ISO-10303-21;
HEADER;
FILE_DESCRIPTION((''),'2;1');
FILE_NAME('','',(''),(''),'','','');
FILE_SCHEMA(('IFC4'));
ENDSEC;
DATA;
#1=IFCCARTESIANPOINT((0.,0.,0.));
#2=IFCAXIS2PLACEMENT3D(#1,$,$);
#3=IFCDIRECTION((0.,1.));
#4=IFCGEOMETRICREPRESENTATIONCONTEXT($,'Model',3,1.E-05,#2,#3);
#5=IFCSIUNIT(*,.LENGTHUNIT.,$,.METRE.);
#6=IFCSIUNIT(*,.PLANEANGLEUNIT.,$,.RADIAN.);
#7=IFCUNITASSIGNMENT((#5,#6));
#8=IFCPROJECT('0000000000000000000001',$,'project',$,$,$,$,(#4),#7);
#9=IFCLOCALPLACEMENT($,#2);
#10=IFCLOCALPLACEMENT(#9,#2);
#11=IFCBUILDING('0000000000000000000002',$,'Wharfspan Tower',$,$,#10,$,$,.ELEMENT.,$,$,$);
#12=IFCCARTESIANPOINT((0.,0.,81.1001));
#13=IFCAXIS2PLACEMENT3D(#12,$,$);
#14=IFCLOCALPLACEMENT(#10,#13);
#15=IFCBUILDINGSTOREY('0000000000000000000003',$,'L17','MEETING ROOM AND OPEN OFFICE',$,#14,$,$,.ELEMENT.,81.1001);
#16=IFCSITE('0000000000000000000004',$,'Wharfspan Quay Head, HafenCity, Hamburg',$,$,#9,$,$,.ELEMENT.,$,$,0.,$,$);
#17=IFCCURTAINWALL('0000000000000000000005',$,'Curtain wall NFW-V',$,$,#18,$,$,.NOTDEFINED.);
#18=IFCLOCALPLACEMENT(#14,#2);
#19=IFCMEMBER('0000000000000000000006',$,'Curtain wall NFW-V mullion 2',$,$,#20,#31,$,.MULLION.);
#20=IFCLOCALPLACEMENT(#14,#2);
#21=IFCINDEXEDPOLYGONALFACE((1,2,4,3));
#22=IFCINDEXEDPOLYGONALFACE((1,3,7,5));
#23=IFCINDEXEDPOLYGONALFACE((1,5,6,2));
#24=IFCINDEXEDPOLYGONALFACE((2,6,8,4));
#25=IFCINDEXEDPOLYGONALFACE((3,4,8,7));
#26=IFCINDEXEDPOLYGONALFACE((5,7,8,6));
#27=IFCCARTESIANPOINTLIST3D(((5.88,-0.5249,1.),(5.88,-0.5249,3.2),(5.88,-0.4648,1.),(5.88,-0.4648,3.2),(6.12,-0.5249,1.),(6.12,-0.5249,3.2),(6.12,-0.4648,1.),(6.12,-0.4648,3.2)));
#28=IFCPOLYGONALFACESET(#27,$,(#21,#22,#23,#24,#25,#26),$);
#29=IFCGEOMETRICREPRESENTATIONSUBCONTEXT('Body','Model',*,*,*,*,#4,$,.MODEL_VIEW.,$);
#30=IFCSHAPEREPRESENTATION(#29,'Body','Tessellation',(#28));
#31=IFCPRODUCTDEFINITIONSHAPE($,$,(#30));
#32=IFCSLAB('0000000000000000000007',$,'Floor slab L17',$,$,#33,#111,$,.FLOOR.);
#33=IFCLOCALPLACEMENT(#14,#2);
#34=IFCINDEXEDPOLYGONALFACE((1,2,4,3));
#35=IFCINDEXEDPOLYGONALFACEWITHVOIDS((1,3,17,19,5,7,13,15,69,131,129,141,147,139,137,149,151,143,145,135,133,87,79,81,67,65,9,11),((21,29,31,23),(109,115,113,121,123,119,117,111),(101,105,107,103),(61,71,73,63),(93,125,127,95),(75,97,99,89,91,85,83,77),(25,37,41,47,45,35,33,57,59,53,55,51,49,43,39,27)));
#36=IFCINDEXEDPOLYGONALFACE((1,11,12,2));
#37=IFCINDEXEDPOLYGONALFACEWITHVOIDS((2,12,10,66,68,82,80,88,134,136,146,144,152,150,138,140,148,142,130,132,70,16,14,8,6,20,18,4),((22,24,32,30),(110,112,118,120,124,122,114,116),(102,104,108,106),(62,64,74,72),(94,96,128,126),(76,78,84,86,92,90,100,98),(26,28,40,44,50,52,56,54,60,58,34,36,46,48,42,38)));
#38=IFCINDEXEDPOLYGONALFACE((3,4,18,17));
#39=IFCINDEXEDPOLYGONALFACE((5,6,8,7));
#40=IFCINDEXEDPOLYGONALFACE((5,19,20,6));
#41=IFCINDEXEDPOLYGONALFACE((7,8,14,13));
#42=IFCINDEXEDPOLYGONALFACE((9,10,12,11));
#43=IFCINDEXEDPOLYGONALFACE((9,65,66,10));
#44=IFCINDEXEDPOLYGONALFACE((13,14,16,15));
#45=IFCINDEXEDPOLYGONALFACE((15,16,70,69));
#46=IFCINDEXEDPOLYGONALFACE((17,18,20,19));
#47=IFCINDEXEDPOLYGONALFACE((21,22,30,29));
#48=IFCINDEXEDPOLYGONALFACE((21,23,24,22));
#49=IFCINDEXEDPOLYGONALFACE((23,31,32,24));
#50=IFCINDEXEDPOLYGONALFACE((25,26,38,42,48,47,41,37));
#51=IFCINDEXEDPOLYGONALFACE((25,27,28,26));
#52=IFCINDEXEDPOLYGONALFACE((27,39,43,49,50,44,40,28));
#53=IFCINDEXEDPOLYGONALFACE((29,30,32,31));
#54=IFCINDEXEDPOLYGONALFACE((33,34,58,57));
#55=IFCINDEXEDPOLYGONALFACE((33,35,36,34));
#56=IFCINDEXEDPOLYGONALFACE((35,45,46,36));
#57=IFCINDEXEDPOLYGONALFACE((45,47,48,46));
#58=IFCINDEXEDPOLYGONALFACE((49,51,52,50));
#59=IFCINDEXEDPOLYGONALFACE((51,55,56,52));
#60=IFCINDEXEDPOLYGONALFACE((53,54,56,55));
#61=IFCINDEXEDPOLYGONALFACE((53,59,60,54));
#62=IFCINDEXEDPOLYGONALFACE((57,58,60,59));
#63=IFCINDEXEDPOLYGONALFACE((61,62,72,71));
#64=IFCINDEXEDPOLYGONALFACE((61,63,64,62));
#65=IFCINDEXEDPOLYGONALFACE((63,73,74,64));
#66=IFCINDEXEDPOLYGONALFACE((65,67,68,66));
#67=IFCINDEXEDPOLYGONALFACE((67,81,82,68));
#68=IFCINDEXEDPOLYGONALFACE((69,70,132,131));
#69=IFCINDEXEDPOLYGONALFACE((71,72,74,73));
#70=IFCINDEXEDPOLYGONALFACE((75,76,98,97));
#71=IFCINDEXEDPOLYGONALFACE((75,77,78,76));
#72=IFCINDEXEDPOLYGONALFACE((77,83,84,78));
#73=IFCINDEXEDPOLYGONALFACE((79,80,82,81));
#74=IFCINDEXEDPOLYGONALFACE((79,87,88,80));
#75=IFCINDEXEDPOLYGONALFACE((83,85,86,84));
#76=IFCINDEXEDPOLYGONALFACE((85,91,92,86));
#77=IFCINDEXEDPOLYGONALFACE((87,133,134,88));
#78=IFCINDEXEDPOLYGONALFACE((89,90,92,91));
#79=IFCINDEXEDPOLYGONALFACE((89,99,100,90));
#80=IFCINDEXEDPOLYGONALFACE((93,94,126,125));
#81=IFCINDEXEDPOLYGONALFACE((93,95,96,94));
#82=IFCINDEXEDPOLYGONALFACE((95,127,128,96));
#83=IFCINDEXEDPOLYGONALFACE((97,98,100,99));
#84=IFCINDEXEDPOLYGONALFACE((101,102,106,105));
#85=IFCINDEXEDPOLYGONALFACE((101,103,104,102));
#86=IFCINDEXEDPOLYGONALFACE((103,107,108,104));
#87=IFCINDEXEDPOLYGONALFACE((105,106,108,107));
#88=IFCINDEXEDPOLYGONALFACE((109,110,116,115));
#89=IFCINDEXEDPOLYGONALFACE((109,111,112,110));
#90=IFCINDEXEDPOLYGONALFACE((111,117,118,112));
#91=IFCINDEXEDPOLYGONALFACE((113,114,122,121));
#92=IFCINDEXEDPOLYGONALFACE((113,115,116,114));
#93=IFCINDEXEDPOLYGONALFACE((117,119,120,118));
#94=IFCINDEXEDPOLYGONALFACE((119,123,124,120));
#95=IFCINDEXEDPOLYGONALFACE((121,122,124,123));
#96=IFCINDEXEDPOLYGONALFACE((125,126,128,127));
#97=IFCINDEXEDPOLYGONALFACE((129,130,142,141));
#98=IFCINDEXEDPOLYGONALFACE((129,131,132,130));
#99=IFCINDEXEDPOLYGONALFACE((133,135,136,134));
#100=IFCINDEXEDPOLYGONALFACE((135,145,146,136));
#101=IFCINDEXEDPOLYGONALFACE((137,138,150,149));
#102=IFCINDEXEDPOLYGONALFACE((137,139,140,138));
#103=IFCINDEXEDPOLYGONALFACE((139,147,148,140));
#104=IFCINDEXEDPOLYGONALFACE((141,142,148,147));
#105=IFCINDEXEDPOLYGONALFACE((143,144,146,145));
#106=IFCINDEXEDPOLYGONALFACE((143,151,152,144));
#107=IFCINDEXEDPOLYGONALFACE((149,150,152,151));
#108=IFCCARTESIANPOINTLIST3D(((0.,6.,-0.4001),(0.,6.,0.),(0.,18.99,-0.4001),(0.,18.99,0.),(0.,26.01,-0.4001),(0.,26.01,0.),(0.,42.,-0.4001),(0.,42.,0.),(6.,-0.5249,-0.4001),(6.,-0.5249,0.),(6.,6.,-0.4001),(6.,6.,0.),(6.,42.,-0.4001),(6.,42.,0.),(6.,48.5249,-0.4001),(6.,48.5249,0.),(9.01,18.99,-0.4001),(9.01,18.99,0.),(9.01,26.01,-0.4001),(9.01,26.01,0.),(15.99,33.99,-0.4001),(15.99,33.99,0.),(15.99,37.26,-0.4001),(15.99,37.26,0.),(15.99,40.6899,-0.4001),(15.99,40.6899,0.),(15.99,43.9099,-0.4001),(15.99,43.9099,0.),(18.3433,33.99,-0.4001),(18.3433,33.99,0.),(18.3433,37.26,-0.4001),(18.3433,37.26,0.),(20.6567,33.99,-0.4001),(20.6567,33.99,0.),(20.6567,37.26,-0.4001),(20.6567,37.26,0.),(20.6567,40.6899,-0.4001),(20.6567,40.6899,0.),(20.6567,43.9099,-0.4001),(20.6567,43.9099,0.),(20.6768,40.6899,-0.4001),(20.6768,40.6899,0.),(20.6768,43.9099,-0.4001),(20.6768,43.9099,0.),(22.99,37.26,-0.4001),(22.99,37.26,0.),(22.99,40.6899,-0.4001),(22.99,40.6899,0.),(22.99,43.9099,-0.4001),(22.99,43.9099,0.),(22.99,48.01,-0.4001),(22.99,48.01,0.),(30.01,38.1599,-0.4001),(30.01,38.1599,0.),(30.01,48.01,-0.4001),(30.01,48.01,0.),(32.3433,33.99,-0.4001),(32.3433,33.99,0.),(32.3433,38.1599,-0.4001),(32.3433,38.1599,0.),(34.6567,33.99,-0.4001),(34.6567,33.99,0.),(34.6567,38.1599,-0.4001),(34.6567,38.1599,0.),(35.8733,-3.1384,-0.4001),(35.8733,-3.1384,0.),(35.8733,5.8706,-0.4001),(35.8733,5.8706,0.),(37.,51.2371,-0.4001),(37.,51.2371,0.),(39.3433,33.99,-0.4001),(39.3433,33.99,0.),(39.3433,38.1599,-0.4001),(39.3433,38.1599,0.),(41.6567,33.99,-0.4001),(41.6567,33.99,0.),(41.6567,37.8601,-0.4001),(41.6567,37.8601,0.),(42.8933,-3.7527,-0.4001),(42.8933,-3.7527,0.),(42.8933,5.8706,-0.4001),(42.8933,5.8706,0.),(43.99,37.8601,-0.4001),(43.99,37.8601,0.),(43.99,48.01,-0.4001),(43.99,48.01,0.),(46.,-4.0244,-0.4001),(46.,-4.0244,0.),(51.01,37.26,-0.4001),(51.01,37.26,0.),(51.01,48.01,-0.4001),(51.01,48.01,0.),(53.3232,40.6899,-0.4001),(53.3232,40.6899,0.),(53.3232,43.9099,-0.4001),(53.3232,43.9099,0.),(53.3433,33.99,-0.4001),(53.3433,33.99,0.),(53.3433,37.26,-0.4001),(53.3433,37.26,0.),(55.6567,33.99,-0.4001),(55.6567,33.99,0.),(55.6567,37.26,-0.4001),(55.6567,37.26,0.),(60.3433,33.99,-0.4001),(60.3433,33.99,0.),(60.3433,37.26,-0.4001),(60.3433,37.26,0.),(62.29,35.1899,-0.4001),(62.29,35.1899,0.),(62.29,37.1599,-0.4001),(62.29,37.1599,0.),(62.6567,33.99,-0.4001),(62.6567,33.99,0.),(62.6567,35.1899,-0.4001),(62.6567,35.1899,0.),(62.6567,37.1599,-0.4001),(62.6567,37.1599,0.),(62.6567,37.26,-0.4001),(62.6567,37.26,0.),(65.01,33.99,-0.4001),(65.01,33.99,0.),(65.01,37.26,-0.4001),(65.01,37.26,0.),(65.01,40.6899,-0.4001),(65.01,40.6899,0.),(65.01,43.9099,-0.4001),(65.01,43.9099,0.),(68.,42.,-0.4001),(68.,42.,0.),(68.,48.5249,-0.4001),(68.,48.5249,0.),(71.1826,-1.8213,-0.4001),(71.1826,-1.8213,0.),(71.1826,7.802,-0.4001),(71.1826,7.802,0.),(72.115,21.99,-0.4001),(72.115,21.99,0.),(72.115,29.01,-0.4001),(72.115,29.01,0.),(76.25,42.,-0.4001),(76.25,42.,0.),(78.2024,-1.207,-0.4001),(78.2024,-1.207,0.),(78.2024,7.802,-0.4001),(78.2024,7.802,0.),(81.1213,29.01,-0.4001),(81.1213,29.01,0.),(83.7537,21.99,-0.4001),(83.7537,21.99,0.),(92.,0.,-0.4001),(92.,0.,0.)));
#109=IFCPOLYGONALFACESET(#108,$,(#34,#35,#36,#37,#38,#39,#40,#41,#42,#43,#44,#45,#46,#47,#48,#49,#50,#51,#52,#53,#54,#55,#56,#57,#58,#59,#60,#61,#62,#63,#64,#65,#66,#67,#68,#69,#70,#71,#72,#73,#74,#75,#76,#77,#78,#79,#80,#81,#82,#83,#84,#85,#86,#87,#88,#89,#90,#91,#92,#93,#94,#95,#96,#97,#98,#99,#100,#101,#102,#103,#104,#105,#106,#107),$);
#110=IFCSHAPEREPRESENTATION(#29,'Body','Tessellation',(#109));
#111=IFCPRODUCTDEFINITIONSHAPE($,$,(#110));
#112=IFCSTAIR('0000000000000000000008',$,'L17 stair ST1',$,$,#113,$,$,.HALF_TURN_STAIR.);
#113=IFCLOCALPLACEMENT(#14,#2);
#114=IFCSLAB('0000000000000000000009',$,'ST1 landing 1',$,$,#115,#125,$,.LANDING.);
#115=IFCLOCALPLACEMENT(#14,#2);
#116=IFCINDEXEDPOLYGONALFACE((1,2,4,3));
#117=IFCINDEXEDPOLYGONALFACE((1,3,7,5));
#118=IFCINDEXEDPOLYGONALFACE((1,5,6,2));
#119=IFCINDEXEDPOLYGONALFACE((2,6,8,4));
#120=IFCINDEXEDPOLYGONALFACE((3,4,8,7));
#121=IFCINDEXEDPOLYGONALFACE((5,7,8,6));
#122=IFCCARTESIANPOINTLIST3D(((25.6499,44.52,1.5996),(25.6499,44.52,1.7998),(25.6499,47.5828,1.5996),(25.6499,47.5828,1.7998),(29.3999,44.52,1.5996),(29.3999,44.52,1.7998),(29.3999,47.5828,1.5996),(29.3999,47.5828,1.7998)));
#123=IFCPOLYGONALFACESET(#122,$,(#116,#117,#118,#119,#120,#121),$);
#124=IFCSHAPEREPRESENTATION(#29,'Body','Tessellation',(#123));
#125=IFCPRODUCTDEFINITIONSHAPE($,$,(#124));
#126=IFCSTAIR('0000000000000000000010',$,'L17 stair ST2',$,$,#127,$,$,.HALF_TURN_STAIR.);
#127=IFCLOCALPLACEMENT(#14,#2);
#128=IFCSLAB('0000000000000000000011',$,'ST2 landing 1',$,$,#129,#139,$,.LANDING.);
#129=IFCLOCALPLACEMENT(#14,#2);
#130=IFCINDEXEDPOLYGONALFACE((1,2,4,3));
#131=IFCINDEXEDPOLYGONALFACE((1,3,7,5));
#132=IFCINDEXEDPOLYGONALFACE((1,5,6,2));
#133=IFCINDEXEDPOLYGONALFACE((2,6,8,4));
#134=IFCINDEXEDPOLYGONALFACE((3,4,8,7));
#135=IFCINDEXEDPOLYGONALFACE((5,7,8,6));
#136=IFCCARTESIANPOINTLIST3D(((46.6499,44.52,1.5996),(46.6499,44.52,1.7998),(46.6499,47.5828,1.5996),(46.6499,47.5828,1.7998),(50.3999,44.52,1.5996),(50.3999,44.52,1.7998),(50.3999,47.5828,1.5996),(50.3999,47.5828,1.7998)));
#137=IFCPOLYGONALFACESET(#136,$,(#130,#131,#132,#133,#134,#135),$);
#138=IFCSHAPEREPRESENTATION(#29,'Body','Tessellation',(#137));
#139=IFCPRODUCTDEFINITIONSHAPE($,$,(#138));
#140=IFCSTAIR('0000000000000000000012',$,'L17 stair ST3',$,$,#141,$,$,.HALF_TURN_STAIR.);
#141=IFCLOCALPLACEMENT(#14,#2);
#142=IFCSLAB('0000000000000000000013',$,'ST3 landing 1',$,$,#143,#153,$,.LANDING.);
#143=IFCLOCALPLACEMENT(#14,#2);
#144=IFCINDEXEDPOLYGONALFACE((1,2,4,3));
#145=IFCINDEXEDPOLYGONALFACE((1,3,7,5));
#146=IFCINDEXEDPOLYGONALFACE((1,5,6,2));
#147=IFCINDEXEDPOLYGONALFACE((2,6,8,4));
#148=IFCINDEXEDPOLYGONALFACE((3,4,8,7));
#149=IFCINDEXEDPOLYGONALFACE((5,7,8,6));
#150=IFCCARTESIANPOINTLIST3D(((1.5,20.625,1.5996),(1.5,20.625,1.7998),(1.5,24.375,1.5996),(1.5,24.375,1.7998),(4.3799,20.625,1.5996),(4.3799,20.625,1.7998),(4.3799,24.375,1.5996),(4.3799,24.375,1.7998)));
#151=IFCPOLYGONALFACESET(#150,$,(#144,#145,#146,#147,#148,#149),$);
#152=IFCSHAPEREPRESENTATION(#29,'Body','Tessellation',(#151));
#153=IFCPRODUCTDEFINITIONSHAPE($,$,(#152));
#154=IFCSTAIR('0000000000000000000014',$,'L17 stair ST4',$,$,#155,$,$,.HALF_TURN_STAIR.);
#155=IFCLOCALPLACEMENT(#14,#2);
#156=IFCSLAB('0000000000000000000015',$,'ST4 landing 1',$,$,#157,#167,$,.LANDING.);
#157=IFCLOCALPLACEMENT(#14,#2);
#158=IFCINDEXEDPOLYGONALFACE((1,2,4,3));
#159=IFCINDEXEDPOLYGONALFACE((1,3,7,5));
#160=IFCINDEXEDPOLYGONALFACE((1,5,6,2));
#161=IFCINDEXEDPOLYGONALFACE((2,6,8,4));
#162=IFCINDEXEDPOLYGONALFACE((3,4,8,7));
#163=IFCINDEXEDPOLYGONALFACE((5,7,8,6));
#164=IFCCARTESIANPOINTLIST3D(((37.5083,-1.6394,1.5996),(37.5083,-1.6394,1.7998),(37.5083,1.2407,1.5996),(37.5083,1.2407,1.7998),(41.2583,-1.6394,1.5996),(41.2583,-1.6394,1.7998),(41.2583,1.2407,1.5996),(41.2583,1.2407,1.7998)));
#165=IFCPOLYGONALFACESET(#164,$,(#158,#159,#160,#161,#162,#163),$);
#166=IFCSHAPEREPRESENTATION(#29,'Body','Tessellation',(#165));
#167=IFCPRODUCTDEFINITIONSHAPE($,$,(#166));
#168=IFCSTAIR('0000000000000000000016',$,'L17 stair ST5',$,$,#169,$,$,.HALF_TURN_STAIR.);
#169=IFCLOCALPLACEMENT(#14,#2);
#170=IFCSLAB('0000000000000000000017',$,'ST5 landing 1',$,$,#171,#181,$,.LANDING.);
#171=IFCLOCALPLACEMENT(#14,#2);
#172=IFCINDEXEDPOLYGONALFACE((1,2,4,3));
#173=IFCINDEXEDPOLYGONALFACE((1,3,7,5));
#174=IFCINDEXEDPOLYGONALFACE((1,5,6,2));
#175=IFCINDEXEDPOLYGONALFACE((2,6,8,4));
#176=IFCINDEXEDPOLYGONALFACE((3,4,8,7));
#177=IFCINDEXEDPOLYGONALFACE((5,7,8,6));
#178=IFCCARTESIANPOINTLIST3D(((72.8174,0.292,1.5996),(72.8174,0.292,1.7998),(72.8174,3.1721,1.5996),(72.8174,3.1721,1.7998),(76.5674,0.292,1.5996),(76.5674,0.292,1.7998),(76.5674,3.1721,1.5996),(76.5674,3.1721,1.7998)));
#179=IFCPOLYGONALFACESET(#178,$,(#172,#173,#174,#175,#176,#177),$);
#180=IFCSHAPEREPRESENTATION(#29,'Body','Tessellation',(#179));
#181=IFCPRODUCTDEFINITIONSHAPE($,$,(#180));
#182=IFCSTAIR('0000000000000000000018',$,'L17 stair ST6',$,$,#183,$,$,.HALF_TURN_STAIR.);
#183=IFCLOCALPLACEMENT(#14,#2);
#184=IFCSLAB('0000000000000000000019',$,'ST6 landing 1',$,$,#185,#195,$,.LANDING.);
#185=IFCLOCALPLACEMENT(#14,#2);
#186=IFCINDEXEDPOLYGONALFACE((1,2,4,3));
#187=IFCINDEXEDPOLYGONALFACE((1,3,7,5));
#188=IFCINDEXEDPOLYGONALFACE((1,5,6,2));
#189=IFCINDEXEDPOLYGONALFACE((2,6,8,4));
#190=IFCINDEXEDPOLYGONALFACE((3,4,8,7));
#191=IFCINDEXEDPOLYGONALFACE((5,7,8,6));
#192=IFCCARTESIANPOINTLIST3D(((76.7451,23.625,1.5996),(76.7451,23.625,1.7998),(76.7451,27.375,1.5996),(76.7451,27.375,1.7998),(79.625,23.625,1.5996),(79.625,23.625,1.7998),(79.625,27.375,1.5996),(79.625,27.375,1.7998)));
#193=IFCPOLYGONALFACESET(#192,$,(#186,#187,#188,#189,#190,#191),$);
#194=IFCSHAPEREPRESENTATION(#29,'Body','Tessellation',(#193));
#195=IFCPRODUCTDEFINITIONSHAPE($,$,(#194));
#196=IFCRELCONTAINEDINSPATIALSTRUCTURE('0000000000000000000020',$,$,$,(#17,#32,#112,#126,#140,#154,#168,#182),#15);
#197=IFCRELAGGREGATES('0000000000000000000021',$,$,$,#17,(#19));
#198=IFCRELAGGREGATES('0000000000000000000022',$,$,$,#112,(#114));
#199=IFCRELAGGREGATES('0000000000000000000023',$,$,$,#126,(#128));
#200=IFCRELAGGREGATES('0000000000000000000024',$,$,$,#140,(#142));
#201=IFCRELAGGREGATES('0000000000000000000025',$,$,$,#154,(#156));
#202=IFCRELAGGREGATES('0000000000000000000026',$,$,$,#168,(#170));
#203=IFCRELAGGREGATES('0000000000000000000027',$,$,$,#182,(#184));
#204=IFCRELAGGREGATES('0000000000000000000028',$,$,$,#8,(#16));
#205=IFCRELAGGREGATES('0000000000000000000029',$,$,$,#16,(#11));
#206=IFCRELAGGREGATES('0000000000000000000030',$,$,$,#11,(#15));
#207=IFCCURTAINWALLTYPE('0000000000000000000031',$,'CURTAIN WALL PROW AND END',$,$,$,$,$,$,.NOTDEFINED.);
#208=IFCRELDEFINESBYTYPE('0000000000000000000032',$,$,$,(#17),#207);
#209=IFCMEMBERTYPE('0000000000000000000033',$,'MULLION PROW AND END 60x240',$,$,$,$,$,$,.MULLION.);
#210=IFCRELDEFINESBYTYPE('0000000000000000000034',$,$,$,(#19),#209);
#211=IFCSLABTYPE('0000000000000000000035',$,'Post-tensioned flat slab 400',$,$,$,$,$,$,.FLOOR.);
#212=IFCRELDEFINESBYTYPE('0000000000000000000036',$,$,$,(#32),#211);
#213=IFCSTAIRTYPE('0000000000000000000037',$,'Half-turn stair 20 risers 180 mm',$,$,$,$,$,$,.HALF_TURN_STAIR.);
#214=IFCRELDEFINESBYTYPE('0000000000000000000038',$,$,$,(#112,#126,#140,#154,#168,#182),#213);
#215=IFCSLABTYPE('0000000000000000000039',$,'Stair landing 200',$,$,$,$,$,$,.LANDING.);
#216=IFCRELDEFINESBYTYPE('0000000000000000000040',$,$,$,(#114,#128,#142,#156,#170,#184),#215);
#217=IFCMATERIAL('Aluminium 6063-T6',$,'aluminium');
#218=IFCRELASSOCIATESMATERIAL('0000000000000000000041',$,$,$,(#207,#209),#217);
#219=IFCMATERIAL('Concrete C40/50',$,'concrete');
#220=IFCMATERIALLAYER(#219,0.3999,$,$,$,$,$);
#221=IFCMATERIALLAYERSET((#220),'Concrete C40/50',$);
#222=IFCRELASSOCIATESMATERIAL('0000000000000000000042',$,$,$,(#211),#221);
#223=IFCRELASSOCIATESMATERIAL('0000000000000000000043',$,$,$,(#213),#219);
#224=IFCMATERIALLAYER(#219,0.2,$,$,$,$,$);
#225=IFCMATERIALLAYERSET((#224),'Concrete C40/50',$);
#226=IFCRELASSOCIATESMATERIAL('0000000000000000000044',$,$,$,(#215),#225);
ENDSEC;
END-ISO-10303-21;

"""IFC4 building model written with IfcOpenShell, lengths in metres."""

from ifc_helpers import new_model, si_unit, direction, frame, origin, origin_2d, place, context, subcontext, project, spatial, polyline, rectangle, outline, extrude, material, layer, layer_set, material_profile, profile_set, type_object, element, aggregate, save


model = new_model("IFC4")

# Units and contexts
model_context = context("Model", 3, precision=1e-05, world=origin(), true_north=direction((0.0, 1.0)))
body_context = subcontext(model_context, "Body", "Model", "MODEL_VIEW")
ifc_project = project(units=[si_unit("LENGTHUNIT", "METRE"), si_unit("PLANEANGLEUNIT", "RADIAN")], contexts=[model_context])

# Site, building, storey
site_placement = place(None, origin())
site = spatial("IfcSite", under=ifc_project, at=site_placement, Name="Wharfspan Quay Head, HafenCity, Hamburg", CompositionType="ELEMENT", RefElevation=0.0)
building_placement = place(site_placement, origin())
building = spatial("IfcBuilding", under=site, at=building_placement, Name="Wharfspan Tower", CompositionType="ELEMENT")
storey_placement = place(building_placement, frame((0.0, 0.0, 81.1001)))
storey = spatial("IfcBuildingStorey", under=building, at=storey_placement, Name="L17", Description="MEETING ROOM AND OPEN OFFICE", CompositionType="ELEMENT", Elevation=81.1001)

# Curtain wall, member
ifc_material_1 = material(Name="Aluminium 6063-T6", Category="aluminium")
curtain_wall_type = type_object("IfcCurtainWallType", Name="CURTAIN WALL PROW AND END", PredefinedType="NOTDEFINED", material=ifc_material_1)
curtain_wall_placement = place(storey_placement, origin())
curtain_wall = element("IfcCurtainWall", 1, at=curtain_wall_placement, inside=storey, type_object=curtain_wall_type, Name="Curtain wall NFW-V", PredefinedType="NOTDEFINED")
ifc_material_profile = material_profile(ifc_material_1, rectangle(XDim=0.24, YDim=0.0601, at=origin_2d()))
ifc_profile_set = profile_set([ifc_material_profile], Name="Aluminium 6063-T6")
member_type = type_object("IfcMemberType", Name="MULLION PROW AND END 60x240", PredefinedType="MULLION", material=ifc_profile_set)
member_placement = place(storey_placement, frame((6.0, -0.4949, 1.0), z_axis=(0.0, 0.0, 1.0), x_axis=(1.0, 0.0, 0.0)))
member = element("IfcMember", 2, at=member_placement, type_object=member_type, Name="Curtain wall NFW-V mullion 2", PredefinedType="MULLION", context=body_context, shape_type="SweptSolid", body=[
    extrude(rectangle(XDim=0.24, YDim=0.0601, at=origin_2d()), origin(), (0.0, 0.0, 1.0), 2.2),
])
aggregate(curtain_wall, [member])

# Slab
ifc_material_2 = material(Name="Concrete C40/50", Category="concrete")
ifc_layer_1 = layer(ifc_material_2, 0.3999)
ifc_layer_set_1 = layer_set([ifc_layer_1], Name="Concrete C40/50")
slab_type_1 = type_object("IfcSlabType", Name="Post-tensioned flat slab 400", PredefinedType="FLOOR", material=ifc_layer_set_1)
slab_1_placement = place(storey_placement, frame((0.0, 0.0, -0.4001)))
element("IfcSlab", 3, at=slab_1_placement, inside=storey, type_object=slab_type_1, Name="Floor slab L17", PredefinedType="FLOOR", context=body_context, shape_type="SweptSolid", body=[
    extrude(outline(polyline([(35.8733, -3.1384), (35.8733, 5.8706), (42.8933, 5.8706), (42.8933, -3.7527), (46.0, -4.0244), (71.1826, -1.8213), (71.1826, 7.802), (78.2024, 7.802), (78.2024, -1.207), (92.0, 0.0), (83.7537, 21.99), (72.115, 21.99), (72.115, 29.01), (81.1213, 29.01), (76.25, 42.0), (68.0, 42.0), (68.0, 48.5249), (37.0, 51.2371), (6.0, 48.5249), (6.0, 42.0), (0.0, 42.0), (0.0, 26.01), (9.01, 26.01), (9.01, 18.99), (0.0, 18.99), (0.0, 6.0), (6.0, 6.0), (6.0, -0.5249), (35.8733, -3.1384)]), holes=[polyline([(62.29, 37.1599), (62.6567, 37.1599), (62.6567, 37.26), (65.01, 37.26), (65.01, 33.99), (62.6567, 33.99), (62.6567, 35.1899), (62.29, 35.1899), (62.29, 37.1599)]), polyline([(65.01, 43.9099), (65.01, 40.6899), (53.3232, 40.6899), (53.3232, 43.9099), (65.01, 43.9099)]), polyline([(55.6567, 33.99), (55.6567, 37.26), (60.3433, 37.26), (60.3433, 33.99), (55.6567, 33.99)]), polyline([(43.99, 37.8601), (43.99, 48.01), (51.01, 48.01), (51.01, 37.26), (53.3433, 37.26), (53.3433, 33.99), (41.6567, 33.99), (41.6567, 37.8601), (43.99, 37.8601)]), polyline([(34.6567, 33.99), (34.6567, 38.1599), (39.3433, 38.1599), (39.3433, 33.99), (34.6567, 33.99)]), polyline([(15.99, 40.6899), (15.99, 43.9099), (20.6567, 43.9099), (20.6768, 43.9099), (22.99, 43.9099), (22.99, 48.01), (30.01, 48.01), (30.01, 38.1599), (32.3433, 38.1599), (32.3433, 33.99), (20.6567, 33.99), (20.6567, 37.26), (22.99, 37.26), (22.99, 40.6899), (20.6768, 40.6899), (20.6567, 40.6899), (15.99, 40.6899)]), polyline([(18.3433, 37.26), (18.3433, 33.99), (15.99, 33.99), (15.99, 37.26), (18.3433, 37.26)])]), origin(), (0.0, 0.0, 1.0), 0.4001),
])

# Stairs, slabs
stair_type = type_object("IfcStairType", Name="Half-turn stair 20 risers 180 mm", PredefinedType="HALF_TURN_STAIR", material=ifc_material_2)
stair_1_placement = place(storey_placement, origin())
stair_1 = element("IfcStair", 4, at=stair_1_placement, inside=storey, type_object=stair_type, Name="L17 stair ST1", PredefinedType="HALF_TURN_STAIR")
ifc_layer_2 = layer(ifc_material_2, 0.2)
ifc_layer_set_2 = layer_set([ifc_layer_2], Name="Concrete C40/50")
slab_type_2 = type_object("IfcSlabType", Name="Stair landing 200", PredefinedType="LANDING", material=ifc_layer_set_2)
slab_2_placement = place(storey_placement, frame((0.0, 0.0, 1.5996)))
slab_2 = element("IfcSlab", 5, at=slab_2_placement, type_object=slab_type_2, Name="ST1 landing 1", PredefinedType="LANDING", context=body_context, shape_type="SweptSolid", body=[
    extrude(outline(polyline([(25.6499, 44.52), (29.3999, 44.52), (29.3999, 47.5828), (25.6499, 47.5828), (25.6499, 44.52)])), origin(), (0.0, 0.0, 1.0), 0.2002),
])
aggregate(stair_1, [slab_2])
stair_2_placement = place(storey_placement, origin())
stair_2 = element("IfcStair", 6, at=stair_2_placement, inside=storey, type_object=stair_type, Name="L17 stair ST2", PredefinedType="HALF_TURN_STAIR")
slab_3_placement = place(storey_placement, frame((0.0, 0.0, 1.5996)))
slab_3 = element("IfcSlab", 7, at=slab_3_placement, type_object=slab_type_2, Name="ST2 landing 1", PredefinedType="LANDING", context=body_context, shape_type="SweptSolid", body=[
    extrude(outline(polyline([(46.6499, 44.52), (50.3999, 44.52), (50.3999, 47.5828), (46.6499, 47.5828), (46.6499, 44.52)])), origin(), (0.0, 0.0, 1.0), 0.2002),
])
aggregate(stair_2, [slab_3])
stair_3_placement = place(storey_placement, origin())
stair_3 = element("IfcStair", 8, at=stair_3_placement, inside=storey, type_object=stair_type, Name="L17 stair ST3", PredefinedType="HALF_TURN_STAIR")
slab_4_placement = place(storey_placement, frame((0.0, 0.0, 1.5996)))
slab_4 = element("IfcSlab", 9, at=slab_4_placement, type_object=slab_type_2, Name="ST3 landing 1", PredefinedType="LANDING", context=body_context, shape_type="SweptSolid", body=[
    extrude(outline(polyline([(4.3799, 24.375), (1.5, 24.375), (1.5, 20.625), (4.3799, 20.625), (4.3799, 24.375)])), origin(), (0.0, 0.0, 1.0), 0.2002),
])
aggregate(stair_3, [slab_4])
stair_4_placement = place(storey_placement, origin())
stair_4 = element("IfcStair", 10, at=stair_4_placement, inside=storey, type_object=stair_type, Name="L17 stair ST4", PredefinedType="HALF_TURN_STAIR")
slab_5_placement = place(storey_placement, frame((0.0, 0.0, 1.5996)))
slab_5 = element("IfcSlab", 11, at=slab_5_placement, type_object=slab_type_2, Name="ST4 landing 1", PredefinedType="LANDING", context=body_context, shape_type="SweptSolid", body=[
    extrude(outline(polyline([(37.5083, 1.2407), (37.5083, -1.6394), (41.2583, -1.6394), (41.2583, 1.2407), (37.5083, 1.2407)])), origin(), (0.0, 0.0, 1.0), 0.2002),
])
aggregate(stair_4, [slab_5])
stair_5_placement = place(storey_placement, origin())
stair_5 = element("IfcStair", 12, at=stair_5_placement, inside=storey, type_object=stair_type, Name="L17 stair ST5", PredefinedType="HALF_TURN_STAIR")
slab_6_placement = place(storey_placement, frame((0.0, 0.0, 1.5996)))
slab_6 = element("IfcSlab", 13, at=slab_6_placement, type_object=slab_type_2, Name="ST5 landing 1", PredefinedType="LANDING", context=body_context, shape_type="SweptSolid", body=[
    extrude(outline(polyline([(72.8174, 3.1721), (72.8174, 0.292), (76.5674, 0.292), (76.5674, 3.1721), (72.8174, 3.1721)])), origin(), (0.0, 0.0, 1.0), 0.2002),
])
aggregate(stair_5, [slab_6])
stair_6_placement = place(storey_placement, origin())
stair_6 = element("IfcStair", 14, at=stair_6_placement, inside=storey, type_object=stair_type, Name="L17 stair ST6", PredefinedType="HALF_TURN_STAIR")
slab_7_placement = place(storey_placement, frame((0.0, 0.0, 1.5996)))
slab_7 = element("IfcSlab", 15, at=slab_7_placement, type_object=slab_type_2, Name="ST6 landing 1", PredefinedType="LANDING", context=body_context, shape_type="SweptSolid", body=[
    extrude(outline(polyline([(76.7451, 23.625), (79.625, 23.625), (79.625, 27.375), (76.7451, 27.375), (76.7451, 23.625)])), origin(), (0.0, 0.0, 1.0), 0.2002),
])
aggregate(stair_6, [slab_7])

save(model, "model.ifc")
